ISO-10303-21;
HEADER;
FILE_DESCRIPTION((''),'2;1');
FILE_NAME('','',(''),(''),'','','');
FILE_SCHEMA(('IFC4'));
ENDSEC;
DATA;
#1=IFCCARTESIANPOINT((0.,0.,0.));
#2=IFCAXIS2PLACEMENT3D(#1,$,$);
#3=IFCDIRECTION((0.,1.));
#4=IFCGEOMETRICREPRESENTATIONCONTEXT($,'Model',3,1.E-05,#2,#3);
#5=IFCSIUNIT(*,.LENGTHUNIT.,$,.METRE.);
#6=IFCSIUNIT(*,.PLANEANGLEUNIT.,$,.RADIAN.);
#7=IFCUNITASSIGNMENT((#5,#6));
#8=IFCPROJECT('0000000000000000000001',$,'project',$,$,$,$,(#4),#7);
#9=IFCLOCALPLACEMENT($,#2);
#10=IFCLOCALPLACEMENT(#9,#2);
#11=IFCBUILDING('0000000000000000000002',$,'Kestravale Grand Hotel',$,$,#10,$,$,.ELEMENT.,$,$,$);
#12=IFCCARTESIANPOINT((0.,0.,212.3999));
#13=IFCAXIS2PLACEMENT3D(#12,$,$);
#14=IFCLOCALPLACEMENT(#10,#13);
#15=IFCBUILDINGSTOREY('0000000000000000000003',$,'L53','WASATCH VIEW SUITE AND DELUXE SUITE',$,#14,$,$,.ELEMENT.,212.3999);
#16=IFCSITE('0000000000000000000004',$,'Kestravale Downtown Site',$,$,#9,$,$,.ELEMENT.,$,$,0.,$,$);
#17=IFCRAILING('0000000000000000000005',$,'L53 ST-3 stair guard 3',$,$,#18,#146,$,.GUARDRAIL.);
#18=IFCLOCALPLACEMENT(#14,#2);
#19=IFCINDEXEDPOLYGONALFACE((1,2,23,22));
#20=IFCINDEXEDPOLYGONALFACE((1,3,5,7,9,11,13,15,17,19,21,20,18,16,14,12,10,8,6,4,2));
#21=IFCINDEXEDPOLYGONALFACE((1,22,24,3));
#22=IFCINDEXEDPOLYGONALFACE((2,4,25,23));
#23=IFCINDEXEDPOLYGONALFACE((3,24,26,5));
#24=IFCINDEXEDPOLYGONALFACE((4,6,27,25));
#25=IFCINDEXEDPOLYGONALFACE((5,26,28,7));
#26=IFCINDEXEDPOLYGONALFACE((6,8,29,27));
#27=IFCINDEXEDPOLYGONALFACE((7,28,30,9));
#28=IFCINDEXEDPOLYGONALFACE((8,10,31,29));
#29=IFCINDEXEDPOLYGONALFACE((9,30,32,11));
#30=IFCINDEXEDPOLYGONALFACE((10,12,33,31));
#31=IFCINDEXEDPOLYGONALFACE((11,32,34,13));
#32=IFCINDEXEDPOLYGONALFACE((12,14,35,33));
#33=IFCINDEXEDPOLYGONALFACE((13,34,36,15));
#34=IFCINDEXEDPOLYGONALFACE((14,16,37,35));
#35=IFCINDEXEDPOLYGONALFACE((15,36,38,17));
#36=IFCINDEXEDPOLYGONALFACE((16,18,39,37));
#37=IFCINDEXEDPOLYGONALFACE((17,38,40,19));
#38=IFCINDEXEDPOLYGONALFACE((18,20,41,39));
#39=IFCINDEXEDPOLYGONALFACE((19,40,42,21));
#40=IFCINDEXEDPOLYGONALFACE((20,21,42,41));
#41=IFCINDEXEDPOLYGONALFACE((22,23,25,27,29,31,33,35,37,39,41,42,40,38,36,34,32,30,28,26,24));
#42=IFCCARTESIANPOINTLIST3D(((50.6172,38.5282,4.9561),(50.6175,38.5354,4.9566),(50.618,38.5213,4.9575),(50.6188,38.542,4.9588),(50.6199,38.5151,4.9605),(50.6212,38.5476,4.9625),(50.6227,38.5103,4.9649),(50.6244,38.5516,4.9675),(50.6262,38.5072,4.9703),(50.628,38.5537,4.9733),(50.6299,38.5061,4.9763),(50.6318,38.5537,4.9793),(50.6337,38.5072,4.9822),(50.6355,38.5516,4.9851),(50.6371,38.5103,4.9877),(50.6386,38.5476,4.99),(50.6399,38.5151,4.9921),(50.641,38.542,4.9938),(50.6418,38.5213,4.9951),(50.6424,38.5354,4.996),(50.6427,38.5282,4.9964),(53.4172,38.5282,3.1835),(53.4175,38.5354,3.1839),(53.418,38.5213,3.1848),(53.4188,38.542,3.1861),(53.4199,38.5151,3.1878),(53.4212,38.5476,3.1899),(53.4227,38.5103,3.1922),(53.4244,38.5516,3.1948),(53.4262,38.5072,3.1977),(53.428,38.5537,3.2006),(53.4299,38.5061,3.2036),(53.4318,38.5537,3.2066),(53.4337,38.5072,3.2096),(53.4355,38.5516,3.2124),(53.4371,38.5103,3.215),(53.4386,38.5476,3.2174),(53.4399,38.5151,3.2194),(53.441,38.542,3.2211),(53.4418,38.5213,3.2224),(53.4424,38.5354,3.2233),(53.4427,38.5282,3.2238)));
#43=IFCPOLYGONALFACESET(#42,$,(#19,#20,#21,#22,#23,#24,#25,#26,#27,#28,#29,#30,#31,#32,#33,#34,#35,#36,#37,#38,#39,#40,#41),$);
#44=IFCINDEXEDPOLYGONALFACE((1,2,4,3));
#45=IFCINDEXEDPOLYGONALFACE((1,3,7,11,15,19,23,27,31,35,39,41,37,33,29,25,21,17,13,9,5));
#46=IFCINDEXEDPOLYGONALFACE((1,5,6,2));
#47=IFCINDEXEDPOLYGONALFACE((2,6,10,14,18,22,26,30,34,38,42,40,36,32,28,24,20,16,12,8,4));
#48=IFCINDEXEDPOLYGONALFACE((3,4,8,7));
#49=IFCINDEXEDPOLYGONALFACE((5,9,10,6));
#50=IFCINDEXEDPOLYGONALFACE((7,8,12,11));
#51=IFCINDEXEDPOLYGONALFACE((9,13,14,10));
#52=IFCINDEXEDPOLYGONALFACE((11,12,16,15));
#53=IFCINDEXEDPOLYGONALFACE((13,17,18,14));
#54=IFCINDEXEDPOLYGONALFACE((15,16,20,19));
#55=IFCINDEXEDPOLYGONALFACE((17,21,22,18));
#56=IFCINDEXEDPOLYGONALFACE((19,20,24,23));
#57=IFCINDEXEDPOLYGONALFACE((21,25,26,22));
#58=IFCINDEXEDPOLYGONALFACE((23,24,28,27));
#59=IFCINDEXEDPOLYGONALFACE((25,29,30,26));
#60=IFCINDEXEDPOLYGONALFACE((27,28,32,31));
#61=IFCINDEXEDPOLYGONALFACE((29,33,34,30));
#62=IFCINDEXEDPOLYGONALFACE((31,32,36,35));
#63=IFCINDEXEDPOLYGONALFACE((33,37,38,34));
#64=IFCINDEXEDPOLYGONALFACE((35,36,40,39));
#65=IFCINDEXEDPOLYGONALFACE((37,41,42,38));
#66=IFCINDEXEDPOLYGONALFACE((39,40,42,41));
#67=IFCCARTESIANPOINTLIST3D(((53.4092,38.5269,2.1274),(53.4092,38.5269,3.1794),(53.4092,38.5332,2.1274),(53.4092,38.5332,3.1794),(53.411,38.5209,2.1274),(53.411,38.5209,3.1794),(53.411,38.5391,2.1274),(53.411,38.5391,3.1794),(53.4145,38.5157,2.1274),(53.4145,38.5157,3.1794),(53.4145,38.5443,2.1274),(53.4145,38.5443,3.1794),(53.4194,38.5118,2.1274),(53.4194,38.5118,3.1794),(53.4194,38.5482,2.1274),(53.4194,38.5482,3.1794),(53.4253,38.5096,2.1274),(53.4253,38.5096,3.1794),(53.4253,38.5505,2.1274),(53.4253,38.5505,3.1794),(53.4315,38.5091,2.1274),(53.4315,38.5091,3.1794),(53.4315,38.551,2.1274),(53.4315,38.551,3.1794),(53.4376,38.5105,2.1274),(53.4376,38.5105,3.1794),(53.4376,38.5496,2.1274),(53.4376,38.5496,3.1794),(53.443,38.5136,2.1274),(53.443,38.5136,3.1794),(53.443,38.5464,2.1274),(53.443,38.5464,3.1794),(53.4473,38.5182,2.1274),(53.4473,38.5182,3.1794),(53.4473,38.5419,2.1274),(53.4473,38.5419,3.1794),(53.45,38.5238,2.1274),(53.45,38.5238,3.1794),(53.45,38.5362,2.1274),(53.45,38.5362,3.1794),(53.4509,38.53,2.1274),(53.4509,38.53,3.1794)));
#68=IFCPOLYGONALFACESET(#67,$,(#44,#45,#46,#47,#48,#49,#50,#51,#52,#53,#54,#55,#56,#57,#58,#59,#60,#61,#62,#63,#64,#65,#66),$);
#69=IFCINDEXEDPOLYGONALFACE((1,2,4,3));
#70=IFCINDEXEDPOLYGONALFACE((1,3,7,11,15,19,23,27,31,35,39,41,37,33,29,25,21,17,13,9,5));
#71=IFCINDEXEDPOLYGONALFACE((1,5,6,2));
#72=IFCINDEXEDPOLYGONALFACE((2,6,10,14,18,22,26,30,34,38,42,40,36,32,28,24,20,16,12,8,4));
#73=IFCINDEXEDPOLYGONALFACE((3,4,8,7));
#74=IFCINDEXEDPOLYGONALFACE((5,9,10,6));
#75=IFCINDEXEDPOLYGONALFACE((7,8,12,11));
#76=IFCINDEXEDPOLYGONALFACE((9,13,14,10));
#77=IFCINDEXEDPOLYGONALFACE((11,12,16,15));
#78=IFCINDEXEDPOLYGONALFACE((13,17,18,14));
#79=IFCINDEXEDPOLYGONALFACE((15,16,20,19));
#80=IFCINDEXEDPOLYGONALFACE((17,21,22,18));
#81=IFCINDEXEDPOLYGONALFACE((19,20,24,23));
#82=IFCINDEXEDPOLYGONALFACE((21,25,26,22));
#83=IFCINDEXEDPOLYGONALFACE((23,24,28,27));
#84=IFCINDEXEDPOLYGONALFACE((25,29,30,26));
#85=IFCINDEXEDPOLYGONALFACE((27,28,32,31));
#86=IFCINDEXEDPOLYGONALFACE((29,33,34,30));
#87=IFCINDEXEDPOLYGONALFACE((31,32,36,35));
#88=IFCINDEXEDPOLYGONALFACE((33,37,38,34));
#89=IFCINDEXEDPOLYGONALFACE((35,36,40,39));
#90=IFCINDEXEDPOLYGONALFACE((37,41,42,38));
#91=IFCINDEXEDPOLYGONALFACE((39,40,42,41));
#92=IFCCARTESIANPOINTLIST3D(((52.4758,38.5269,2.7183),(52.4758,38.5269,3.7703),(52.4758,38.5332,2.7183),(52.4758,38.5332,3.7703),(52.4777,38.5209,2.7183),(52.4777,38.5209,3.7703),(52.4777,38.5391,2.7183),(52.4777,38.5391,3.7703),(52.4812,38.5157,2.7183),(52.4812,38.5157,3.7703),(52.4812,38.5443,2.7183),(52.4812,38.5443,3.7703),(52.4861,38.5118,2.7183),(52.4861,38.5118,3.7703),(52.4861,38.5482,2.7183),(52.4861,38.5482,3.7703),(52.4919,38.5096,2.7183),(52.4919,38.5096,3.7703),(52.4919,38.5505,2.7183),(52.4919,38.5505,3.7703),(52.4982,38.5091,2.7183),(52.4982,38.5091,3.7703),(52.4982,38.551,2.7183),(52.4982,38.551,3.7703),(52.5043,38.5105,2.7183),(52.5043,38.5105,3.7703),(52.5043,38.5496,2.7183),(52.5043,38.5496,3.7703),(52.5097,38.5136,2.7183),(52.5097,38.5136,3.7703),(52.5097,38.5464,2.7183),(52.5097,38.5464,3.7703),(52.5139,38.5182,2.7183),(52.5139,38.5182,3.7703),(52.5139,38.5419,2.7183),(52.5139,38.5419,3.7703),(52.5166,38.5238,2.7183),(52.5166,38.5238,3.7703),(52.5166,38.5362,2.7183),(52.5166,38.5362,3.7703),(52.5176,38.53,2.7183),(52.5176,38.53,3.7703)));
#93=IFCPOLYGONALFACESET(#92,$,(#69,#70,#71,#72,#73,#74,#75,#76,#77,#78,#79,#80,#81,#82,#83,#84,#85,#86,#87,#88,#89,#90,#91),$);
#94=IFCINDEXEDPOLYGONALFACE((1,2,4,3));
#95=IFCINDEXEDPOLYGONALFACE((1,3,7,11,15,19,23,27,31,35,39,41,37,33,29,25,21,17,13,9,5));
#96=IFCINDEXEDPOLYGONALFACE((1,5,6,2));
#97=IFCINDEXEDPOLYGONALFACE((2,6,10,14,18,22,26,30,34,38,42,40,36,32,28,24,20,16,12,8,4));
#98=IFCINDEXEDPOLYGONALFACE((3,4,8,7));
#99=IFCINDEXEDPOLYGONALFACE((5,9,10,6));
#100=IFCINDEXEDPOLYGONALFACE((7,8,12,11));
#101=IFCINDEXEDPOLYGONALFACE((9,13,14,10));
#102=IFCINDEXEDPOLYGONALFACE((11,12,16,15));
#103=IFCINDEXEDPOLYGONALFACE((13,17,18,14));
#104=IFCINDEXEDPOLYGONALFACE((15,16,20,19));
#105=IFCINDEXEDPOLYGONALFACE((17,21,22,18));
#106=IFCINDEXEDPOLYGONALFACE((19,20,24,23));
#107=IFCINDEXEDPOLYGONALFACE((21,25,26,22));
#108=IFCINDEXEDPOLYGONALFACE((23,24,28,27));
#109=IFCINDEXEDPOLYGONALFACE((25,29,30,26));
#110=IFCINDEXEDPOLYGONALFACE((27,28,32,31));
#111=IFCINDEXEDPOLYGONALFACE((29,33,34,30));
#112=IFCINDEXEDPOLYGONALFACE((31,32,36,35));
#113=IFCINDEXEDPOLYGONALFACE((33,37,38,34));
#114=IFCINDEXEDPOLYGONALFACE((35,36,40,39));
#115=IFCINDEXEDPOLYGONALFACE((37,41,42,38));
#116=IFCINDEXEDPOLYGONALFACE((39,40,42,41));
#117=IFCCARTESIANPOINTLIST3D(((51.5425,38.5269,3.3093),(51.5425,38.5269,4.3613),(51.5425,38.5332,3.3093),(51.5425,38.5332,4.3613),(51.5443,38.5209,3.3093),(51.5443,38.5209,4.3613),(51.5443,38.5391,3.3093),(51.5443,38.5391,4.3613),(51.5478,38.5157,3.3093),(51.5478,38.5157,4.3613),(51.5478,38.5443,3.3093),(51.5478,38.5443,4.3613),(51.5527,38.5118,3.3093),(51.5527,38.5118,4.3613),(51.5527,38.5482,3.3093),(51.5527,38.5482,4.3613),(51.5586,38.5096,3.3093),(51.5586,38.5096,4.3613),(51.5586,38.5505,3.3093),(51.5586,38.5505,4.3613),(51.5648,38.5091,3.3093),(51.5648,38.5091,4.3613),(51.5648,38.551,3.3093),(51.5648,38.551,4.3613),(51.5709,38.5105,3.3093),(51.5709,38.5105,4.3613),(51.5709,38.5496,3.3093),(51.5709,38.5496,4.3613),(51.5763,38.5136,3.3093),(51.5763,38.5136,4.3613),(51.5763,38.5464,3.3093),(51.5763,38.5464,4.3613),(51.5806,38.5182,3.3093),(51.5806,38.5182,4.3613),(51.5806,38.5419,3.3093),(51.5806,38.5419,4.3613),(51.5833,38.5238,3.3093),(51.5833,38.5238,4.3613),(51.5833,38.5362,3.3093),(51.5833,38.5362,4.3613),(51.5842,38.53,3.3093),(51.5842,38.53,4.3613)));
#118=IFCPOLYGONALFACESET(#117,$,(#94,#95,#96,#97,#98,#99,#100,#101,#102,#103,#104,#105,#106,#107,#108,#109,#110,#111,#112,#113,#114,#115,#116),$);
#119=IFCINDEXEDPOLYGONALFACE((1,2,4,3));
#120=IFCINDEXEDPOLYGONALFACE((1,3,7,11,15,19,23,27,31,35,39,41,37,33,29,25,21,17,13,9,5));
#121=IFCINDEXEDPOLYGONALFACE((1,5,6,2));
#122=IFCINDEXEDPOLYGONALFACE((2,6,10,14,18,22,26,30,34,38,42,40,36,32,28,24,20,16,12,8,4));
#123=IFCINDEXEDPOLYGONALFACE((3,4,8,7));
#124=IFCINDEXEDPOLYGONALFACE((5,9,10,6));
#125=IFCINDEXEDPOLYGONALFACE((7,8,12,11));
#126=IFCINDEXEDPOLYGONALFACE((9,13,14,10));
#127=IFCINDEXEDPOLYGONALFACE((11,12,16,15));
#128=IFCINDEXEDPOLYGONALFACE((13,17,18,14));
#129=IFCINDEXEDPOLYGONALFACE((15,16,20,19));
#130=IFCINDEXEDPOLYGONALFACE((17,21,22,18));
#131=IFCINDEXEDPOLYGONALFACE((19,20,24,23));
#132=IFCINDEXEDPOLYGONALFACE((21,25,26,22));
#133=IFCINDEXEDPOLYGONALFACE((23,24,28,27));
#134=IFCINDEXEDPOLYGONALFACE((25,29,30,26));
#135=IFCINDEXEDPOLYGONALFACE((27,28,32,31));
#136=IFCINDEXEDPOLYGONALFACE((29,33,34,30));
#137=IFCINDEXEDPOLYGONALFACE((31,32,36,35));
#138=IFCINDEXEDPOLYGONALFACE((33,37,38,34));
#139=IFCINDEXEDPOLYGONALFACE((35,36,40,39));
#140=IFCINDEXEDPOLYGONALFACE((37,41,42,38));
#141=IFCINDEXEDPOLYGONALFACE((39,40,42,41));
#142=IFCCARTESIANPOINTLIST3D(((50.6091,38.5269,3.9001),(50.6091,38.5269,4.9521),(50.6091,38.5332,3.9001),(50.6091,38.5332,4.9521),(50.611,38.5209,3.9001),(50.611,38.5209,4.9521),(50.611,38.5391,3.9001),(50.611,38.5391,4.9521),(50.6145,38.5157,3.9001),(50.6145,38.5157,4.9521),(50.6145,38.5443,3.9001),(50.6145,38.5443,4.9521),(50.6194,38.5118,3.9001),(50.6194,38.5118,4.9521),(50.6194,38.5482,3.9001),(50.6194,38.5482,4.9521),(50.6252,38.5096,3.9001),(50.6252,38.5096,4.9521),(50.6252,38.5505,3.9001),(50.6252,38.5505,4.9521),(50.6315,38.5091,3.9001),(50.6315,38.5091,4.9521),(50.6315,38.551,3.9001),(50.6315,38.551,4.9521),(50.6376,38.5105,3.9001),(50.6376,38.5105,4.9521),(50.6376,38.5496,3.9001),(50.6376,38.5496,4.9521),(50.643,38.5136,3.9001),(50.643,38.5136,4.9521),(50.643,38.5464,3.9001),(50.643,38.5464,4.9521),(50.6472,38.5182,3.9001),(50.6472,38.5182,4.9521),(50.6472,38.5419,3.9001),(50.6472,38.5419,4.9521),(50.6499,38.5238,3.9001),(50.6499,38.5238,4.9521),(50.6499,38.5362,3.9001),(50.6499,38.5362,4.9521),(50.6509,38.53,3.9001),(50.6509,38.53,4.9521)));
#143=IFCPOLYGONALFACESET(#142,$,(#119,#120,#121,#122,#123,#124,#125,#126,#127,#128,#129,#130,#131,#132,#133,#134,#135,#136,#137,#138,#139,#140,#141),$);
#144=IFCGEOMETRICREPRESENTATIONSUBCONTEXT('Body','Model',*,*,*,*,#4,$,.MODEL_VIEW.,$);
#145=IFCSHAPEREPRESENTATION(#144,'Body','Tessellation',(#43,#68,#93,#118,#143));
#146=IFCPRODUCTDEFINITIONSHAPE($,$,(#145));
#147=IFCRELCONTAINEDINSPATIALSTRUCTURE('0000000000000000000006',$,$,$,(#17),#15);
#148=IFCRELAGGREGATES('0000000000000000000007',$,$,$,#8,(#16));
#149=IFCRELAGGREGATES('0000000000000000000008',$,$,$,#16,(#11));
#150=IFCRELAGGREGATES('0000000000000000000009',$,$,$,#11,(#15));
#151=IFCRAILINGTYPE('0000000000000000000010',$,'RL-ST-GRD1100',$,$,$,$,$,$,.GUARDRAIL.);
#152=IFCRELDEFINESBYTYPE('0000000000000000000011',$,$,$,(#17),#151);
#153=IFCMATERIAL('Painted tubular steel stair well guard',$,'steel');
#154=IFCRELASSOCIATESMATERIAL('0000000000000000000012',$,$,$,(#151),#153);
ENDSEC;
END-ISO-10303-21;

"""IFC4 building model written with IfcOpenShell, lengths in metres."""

from ifc_helpers import new_model, si_unit, direction, frame, origin, origin_2d, place, context, subcontext, project, spatial, circle, extrude, material, type_object, element, save


model = new_model("IFC4")

# Units and contexts
model_context = context("Model", 3, precision=1e-05, world=origin(), true_north=direction((0.0, 1.0)))
body_context = subcontext(model_context, "Body", "Model", "MODEL_VIEW")
ifc_project = project(units=[si_unit("LENGTHUNIT", "METRE"), si_unit("PLANEANGLEUNIT", "RADIAN")], contexts=[model_context])

# Site, building, storey
site_placement = place(None, origin())
site = spatial("IfcSite", under=ifc_project, at=site_placement, Name="Kestravale Downtown Site", CompositionType="ELEMENT", RefElevation=0.0)
building_placement = place(site_placement, origin())
building = spatial("IfcBuilding", under=site, at=building_placement, Name="Kestravale Grand Hotel", CompositionType="ELEMENT")
storey_placement = place(building_placement, frame((0.0, 0.0, 212.3999)))
storey = spatial("IfcBuildingStorey", under=building, at=storey_placement, Name="L53", Description="WASATCH VIEW SUITE AND DELUXE SUITE", CompositionType="ELEMENT", Elevation=212.3999)

# Railing
ifc_material_1 = material(Name="Painted tubular steel stair well guard", Category="steel")
railing_type_1 = type_object("IfcRailingType", Name="RL-ST-GRD1100", PredefinedType="GUARDRAIL", material=ifc_material_1)
railing_1_placement = place(storey_placement, frame((53.4299, 38.53, 2.1274)))
element("IfcRailing", 1, at=railing_1_placement, inside=storey, type_object=railing_type_1, Name="L53 ST-3 stair guard 3", PredefinedType="GUARDRAIL", context=body_context, shape_type="SweptSolid", body=[
    extrude(circle(Radius=0.0239, at=origin_2d()), frame((0.0, 0.0, 1.0762), z_axis=(-0.844909, 0.0, 0.53491), x_axis=(0.0, -1.0, 0.0)), (0.0, 0.0, 1.0), 3.314),
    extrude(circle(Radius=0.021, at=origin_2d()), origin(), (0.0, 0.0, 1.0), 1.052),
    extrude(circle(Radius=0.021, at=origin_2d()), frame((-0.9333, 0.0, 0.5908)), (0.0, 0.0, 1.0), 1.052),
    extrude(circle(Radius=0.021, at=origin_2d()), frame((-1.8667, 0.0, 1.1819)), (0.0, 0.0, 1.0), 1.052),
    extrude(circle(Radius=0.021, at=origin_2d()), frame((-2.8, 0.0, 1.7727)), (0.0, 0.0, 1.0), 1.052),
])

save(model, "model.ifc")
